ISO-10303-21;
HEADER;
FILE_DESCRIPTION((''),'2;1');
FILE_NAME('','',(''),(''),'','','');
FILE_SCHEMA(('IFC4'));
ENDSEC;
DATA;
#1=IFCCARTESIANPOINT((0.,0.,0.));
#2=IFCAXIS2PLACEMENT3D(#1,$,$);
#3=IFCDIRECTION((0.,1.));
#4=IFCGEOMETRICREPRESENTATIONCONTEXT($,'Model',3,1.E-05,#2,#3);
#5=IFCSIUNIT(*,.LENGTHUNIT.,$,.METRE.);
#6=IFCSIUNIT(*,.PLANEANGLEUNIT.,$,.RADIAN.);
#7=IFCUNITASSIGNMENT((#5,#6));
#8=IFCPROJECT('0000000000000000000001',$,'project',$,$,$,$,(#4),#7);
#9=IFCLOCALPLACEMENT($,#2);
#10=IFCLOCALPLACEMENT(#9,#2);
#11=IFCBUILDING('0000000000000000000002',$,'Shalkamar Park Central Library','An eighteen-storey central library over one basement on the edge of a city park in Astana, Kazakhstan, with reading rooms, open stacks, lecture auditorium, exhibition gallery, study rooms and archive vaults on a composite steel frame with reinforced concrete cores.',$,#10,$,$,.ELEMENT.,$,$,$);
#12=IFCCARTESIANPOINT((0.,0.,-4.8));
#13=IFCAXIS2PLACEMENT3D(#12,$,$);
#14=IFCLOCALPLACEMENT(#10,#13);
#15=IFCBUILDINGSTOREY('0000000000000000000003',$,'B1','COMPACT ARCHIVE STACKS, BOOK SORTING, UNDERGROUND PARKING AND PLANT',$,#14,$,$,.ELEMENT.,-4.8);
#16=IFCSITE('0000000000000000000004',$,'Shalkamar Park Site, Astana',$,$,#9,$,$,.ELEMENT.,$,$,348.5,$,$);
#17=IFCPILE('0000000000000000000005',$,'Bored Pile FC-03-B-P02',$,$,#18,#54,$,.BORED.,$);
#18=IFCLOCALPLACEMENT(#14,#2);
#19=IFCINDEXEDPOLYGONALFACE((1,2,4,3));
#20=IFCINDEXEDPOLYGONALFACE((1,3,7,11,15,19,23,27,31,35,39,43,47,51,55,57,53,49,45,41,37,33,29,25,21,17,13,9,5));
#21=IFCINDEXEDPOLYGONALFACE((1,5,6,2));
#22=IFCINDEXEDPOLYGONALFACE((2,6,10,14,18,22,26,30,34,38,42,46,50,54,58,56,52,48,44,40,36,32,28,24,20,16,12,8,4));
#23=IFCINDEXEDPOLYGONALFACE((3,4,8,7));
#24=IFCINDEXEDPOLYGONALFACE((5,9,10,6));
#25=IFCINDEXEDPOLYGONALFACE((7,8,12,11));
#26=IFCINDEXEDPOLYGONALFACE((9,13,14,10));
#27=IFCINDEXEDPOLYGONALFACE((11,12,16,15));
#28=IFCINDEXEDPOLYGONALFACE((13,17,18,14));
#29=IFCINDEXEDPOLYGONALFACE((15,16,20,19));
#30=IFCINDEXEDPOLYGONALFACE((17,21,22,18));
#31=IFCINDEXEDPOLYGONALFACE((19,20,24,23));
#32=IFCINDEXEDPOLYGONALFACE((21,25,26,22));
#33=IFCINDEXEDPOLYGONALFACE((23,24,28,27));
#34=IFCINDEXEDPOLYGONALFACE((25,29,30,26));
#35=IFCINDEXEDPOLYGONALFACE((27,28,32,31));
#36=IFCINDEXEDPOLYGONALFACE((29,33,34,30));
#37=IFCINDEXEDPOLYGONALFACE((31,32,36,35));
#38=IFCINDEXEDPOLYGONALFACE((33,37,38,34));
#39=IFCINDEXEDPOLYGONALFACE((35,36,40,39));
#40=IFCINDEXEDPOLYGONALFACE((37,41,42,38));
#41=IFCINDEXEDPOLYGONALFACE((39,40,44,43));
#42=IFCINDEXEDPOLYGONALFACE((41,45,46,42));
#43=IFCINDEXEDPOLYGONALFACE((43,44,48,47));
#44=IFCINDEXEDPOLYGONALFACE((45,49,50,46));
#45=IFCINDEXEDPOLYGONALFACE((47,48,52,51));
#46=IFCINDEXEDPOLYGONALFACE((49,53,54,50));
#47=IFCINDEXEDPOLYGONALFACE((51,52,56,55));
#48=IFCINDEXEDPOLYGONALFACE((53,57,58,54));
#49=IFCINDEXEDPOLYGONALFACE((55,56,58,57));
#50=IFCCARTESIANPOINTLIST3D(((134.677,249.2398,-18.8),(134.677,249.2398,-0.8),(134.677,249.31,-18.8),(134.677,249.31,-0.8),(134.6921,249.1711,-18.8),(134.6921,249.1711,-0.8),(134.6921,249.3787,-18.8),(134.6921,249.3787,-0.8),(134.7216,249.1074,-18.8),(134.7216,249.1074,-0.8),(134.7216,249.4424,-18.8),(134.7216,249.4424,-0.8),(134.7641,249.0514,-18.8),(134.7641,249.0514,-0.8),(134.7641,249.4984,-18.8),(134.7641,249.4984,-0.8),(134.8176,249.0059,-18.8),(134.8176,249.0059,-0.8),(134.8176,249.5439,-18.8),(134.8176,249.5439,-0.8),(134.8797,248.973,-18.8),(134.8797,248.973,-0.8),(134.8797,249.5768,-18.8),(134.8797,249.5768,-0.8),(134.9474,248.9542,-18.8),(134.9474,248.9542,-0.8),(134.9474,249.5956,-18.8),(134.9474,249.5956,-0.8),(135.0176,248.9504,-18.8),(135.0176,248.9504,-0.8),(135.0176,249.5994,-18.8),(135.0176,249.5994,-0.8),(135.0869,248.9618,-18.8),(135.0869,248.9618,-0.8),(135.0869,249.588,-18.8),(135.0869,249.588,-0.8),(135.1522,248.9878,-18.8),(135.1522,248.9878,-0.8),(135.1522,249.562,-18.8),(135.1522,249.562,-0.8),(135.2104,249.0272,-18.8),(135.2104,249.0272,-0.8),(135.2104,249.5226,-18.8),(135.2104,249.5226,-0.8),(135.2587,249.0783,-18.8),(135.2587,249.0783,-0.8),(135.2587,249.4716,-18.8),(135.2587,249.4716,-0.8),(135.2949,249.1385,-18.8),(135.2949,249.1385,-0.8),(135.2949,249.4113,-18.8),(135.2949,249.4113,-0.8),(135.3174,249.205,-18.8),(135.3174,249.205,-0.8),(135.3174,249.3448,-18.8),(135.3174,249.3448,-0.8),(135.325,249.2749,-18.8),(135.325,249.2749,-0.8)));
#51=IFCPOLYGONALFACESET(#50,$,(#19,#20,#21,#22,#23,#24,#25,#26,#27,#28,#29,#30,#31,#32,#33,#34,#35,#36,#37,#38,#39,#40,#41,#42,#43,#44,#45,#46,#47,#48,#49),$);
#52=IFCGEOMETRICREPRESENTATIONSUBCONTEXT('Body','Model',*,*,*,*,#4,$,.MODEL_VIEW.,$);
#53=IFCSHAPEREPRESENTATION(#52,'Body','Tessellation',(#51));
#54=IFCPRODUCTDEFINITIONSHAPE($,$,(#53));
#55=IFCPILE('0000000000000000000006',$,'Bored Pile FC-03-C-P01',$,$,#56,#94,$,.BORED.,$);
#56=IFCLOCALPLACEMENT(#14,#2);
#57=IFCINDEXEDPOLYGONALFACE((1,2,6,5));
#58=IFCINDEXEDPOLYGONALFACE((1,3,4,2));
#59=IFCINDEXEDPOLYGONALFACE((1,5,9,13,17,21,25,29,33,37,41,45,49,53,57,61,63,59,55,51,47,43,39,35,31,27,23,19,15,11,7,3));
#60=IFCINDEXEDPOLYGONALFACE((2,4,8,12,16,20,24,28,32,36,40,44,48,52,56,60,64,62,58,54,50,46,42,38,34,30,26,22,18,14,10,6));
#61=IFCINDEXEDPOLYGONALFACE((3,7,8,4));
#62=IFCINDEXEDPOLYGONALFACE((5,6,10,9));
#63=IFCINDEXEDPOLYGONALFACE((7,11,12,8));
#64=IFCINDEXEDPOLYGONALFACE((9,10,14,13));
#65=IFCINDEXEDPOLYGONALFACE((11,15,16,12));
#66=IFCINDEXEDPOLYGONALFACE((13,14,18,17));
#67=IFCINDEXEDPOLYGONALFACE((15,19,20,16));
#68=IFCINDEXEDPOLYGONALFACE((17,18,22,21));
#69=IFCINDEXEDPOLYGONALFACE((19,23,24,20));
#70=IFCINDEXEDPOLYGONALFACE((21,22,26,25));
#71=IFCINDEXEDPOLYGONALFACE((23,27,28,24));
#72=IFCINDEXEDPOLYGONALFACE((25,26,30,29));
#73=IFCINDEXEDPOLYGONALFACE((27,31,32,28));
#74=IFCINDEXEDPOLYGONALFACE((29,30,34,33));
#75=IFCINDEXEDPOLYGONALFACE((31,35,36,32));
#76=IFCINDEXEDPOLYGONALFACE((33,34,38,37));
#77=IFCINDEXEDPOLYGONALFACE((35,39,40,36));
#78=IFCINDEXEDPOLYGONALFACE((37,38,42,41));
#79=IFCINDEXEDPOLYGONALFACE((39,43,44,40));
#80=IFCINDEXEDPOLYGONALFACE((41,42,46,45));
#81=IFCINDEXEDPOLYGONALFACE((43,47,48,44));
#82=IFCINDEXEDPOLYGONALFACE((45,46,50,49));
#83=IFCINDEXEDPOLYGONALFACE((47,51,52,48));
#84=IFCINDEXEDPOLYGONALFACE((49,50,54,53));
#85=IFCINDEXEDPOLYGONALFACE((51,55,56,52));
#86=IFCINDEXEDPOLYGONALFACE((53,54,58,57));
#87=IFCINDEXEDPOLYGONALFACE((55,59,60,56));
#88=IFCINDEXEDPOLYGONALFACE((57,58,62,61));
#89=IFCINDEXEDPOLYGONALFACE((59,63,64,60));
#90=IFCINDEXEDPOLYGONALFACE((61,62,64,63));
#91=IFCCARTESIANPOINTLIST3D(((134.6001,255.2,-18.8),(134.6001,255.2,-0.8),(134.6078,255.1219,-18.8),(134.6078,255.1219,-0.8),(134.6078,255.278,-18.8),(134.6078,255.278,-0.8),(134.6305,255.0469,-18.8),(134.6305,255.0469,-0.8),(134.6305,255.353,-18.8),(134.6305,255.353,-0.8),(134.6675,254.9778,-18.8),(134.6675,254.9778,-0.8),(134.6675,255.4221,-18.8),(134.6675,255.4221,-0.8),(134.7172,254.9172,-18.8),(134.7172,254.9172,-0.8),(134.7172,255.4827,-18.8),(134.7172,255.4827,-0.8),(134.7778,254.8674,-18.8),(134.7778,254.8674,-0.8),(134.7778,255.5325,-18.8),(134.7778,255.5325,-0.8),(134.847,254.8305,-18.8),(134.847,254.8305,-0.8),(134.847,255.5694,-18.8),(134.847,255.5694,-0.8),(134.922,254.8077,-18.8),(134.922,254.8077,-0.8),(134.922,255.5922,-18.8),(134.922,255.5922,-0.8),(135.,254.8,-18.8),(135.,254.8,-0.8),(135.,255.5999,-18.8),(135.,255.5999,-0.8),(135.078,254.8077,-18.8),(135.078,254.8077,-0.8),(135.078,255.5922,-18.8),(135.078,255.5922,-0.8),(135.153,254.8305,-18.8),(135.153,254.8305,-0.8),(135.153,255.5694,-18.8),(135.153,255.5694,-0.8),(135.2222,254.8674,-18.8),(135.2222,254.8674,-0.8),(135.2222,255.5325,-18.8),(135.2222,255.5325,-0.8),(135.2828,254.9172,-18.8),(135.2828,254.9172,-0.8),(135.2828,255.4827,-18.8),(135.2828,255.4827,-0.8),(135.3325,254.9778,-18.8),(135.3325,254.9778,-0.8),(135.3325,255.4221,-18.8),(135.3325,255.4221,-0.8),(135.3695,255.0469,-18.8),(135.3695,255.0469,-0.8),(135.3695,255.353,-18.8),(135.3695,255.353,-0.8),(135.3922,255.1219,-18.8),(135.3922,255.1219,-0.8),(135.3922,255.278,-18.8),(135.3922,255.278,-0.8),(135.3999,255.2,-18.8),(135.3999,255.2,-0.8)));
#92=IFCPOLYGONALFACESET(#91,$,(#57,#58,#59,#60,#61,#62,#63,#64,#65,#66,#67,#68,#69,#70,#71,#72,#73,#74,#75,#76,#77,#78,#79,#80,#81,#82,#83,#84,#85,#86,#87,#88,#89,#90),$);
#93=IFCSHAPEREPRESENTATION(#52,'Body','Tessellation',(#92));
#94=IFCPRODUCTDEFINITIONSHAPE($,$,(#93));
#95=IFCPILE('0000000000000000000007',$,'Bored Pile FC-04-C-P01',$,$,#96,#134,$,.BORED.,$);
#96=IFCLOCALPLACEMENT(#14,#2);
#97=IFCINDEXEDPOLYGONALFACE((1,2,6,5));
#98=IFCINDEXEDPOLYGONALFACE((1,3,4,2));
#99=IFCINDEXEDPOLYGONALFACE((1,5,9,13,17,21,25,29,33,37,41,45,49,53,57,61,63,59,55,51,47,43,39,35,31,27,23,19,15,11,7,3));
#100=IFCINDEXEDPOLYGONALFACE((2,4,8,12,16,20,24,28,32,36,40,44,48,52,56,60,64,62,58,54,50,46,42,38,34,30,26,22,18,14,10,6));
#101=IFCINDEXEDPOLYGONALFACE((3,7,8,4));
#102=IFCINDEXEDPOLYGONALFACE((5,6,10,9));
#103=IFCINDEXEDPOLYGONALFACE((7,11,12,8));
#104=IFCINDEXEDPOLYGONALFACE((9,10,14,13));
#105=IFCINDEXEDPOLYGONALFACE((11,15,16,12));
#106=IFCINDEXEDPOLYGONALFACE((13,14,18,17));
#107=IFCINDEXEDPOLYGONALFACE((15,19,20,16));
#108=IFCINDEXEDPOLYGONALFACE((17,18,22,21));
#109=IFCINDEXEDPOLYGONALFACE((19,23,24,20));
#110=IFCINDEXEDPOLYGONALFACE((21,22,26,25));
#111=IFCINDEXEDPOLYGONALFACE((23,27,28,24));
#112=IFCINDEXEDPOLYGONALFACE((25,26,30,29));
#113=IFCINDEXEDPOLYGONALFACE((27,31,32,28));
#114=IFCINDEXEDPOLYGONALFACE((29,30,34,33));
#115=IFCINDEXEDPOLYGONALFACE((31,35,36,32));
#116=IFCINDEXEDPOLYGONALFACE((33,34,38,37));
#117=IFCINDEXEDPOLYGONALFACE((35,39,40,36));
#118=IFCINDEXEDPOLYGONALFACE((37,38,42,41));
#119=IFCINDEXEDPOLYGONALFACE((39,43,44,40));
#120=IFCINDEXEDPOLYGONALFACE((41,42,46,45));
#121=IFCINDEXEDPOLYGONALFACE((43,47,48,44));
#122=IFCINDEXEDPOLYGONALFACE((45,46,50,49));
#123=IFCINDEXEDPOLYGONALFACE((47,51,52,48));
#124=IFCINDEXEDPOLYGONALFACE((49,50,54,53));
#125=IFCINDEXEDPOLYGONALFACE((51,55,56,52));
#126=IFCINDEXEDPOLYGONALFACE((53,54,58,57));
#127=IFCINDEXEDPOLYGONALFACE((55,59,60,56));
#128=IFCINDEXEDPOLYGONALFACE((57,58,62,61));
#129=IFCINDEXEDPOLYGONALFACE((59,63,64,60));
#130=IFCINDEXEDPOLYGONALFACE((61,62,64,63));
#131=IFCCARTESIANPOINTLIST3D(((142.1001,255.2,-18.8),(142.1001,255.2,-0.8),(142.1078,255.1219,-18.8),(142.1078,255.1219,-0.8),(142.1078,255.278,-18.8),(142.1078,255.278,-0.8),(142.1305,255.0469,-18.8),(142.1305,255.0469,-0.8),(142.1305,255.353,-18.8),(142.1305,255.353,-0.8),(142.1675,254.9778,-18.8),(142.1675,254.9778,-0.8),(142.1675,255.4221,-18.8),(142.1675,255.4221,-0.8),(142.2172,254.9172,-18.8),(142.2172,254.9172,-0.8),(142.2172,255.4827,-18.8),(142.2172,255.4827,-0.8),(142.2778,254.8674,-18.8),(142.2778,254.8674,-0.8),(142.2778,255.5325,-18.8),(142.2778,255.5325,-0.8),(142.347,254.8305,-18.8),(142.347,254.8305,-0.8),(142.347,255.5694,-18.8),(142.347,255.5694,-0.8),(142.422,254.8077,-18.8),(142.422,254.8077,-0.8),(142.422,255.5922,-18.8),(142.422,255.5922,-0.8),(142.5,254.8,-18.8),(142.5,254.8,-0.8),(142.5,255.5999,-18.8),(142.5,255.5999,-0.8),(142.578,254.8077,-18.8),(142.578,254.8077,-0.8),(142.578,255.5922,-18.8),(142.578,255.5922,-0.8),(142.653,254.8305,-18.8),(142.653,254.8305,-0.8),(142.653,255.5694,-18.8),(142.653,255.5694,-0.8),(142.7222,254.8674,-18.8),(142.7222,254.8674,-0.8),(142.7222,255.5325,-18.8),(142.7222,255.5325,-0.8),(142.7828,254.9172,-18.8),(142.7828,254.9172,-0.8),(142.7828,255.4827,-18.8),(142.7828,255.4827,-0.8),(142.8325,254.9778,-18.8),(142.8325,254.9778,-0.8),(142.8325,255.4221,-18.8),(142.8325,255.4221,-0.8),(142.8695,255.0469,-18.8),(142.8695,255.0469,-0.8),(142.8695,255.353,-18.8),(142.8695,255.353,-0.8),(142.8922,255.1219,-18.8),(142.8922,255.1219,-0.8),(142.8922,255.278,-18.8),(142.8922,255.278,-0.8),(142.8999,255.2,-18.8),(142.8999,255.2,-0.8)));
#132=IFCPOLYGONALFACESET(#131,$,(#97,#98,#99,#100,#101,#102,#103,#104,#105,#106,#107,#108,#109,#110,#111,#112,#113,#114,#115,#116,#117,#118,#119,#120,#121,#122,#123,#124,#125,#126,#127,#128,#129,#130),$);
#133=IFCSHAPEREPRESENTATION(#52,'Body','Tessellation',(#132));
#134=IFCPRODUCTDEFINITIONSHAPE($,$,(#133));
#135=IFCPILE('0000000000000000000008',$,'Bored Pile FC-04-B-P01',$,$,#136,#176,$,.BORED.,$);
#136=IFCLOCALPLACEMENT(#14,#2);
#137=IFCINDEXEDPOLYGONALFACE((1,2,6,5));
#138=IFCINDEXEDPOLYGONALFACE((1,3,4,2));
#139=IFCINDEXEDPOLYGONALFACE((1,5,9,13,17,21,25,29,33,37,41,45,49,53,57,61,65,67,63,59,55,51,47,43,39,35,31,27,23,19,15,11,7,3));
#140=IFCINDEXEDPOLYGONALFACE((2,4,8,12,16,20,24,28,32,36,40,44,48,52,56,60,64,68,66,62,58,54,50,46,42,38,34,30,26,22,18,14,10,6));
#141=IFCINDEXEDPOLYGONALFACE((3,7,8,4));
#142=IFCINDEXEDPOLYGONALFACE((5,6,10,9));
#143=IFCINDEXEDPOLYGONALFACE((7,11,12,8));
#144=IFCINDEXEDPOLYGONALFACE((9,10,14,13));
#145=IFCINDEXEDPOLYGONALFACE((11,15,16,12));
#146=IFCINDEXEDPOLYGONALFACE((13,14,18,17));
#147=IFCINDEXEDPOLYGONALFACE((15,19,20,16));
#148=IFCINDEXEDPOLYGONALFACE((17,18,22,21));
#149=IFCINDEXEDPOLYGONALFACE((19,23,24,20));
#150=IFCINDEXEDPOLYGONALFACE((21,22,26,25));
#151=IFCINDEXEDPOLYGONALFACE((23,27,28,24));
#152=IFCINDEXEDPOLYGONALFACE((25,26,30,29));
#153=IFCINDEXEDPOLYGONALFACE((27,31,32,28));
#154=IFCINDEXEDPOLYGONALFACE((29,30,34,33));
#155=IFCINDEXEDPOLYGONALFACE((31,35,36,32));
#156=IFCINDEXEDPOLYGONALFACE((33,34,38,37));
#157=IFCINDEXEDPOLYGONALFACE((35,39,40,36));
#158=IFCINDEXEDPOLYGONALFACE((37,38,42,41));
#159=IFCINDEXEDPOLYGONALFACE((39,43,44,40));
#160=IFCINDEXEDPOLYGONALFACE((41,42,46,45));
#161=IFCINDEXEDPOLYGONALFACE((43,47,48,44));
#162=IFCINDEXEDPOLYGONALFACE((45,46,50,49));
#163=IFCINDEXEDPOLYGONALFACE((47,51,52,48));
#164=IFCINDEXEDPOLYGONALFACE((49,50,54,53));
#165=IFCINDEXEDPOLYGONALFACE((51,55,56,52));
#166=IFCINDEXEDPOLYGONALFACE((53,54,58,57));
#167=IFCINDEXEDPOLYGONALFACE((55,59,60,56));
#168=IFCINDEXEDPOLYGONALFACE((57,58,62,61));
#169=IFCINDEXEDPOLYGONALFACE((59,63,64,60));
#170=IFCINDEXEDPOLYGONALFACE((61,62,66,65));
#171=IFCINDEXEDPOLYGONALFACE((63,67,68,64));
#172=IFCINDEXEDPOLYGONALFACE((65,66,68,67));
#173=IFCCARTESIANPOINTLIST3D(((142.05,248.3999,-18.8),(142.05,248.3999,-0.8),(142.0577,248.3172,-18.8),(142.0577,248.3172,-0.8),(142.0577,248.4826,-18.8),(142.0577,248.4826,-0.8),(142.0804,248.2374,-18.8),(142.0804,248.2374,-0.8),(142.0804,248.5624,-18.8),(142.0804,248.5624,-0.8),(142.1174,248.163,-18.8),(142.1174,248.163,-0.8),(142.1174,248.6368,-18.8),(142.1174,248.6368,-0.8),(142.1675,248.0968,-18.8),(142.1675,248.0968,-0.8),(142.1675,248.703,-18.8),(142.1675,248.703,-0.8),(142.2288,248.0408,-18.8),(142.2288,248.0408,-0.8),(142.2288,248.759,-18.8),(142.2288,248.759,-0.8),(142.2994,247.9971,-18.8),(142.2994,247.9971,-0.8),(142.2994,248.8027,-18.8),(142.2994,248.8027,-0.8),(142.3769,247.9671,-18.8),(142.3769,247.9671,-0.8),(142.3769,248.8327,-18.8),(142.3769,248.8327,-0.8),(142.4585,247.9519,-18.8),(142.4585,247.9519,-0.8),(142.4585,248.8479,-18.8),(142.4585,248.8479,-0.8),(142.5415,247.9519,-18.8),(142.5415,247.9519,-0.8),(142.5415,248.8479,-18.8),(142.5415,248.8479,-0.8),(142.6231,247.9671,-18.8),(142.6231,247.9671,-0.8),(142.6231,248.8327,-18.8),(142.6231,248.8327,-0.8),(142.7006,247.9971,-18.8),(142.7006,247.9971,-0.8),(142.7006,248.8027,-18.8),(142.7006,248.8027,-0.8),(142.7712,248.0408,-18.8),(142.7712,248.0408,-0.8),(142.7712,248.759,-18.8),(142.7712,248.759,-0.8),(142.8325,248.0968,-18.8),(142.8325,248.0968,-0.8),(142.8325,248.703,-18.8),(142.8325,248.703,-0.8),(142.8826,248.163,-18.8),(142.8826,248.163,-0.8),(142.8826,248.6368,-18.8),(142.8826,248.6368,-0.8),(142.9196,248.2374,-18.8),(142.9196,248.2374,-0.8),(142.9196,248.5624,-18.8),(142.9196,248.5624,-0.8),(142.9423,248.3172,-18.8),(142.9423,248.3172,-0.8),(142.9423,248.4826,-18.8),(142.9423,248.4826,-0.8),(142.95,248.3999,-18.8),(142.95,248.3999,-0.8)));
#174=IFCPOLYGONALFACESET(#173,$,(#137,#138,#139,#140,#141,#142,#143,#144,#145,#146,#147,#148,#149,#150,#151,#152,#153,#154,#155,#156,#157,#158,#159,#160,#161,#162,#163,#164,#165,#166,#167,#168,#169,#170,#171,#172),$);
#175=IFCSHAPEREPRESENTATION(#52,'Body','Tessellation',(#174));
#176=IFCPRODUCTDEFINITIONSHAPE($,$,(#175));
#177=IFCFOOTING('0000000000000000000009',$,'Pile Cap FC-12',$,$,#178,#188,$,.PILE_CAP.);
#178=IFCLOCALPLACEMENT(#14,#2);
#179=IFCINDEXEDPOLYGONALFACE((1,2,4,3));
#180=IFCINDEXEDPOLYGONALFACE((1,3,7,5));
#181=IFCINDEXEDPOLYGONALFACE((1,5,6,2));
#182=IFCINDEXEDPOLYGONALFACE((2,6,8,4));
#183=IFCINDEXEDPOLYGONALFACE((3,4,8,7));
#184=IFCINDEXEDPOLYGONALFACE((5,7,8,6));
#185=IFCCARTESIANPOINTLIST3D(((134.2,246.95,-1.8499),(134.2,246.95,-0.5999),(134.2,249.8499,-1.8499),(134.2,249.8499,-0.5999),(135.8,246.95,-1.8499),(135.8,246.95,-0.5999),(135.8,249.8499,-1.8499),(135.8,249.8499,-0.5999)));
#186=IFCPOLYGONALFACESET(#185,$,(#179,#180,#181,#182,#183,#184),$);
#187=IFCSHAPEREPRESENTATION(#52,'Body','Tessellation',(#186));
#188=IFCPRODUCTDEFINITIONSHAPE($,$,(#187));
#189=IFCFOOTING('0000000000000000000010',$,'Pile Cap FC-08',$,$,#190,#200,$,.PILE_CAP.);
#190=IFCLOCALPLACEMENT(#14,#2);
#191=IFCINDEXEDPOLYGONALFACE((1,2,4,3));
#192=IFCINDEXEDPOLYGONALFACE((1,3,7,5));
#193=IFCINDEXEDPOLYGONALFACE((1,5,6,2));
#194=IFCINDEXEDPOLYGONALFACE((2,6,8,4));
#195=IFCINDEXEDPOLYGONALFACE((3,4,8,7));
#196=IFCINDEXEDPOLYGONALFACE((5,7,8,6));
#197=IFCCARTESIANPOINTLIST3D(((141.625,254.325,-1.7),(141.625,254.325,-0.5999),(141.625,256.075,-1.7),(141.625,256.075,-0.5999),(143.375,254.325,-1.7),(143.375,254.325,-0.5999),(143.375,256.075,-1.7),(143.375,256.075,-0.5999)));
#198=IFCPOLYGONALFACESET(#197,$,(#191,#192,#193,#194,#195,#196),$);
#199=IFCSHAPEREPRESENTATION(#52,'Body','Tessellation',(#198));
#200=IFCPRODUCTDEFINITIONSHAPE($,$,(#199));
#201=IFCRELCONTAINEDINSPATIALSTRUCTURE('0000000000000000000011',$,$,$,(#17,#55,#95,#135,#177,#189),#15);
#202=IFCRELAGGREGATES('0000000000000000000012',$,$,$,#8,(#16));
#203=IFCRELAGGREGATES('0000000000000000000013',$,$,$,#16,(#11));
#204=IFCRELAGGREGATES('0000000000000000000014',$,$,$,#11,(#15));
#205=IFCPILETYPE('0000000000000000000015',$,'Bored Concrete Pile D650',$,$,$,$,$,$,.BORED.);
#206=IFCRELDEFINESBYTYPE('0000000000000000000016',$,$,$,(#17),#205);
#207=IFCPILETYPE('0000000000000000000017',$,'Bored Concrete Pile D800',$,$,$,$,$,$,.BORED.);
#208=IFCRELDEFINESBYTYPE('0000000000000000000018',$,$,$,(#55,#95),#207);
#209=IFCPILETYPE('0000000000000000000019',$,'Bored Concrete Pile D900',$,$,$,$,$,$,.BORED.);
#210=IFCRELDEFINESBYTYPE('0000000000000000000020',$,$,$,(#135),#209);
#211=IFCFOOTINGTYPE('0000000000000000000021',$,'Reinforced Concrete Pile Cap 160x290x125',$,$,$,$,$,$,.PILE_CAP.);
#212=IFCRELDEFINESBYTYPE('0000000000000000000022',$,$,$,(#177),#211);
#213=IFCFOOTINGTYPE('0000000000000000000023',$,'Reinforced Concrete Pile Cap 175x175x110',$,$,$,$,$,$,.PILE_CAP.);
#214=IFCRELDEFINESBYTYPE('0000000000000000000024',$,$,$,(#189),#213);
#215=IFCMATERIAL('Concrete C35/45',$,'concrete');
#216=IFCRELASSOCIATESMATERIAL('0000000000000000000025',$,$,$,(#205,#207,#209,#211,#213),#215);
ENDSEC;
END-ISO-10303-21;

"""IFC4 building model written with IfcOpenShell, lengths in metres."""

from ifc_helpers import new_model, si_unit, direction, frame, origin, origin_2d, place, context, subcontext, project, spatial, rectangle, circle, extrude, material, material_profile, profile_set, type_object, element, save


model = new_model("IFC4")

# Units and contexts
model_context = context("Model", 3, precision=1e-05, world=origin(), true_north=direction((0.0, 1.0)))
body_context = subcontext(model_context, "Body", "Model", "MODEL_VIEW")
ifc_project = project(units=[si_unit("LENGTHUNIT", "METRE"), si_unit("PLANEANGLEUNIT", "RADIAN")], contexts=[model_context])

# Site, building, storey
site_placement = place(None, origin())
site = spatial("IfcSite", under=ifc_project, at=site_placement, Name="Shalkamar Park Site, Astana", CompositionType="ELEMENT", RefElevation=348.5)
building_placement = place(site_placement, origin())
building = spatial("IfcBuilding", under=site, at=building_placement, Name="Shalkamar Park Central Library", Description="An eighteen-storey central library over one basement on the edge of a city park in Astana, Kazakhstan, with reading rooms, open stacks, lecture auditorium, exhibition gallery, study rooms and archive vaults on a composite steel frame with reinforced concrete cores.", CompositionType="ELEMENT")
storey_placement = place(building_placement, frame((0.0, 0.0, -4.8)))
storey = spatial("IfcBuildingStorey", under=building, at=storey_placement, Name="B1", Description="COMPACT ARCHIVE STACKS, BOOK SORTING, UNDERGROUND PARKING AND PLANT", CompositionType="ELEMENT", Elevation=-4.8)

# Piles
ifc_material_1 = material(Name="Concrete C35/45", Category="concrete")
ifc_material_profile_1 = material_profile(ifc_material_1, circle(Radius=0.325, at=origin_2d()), Name="PILE D650")
ifc_profile_set_1 = profile_set([ifc_material_profile_1], Name="Concrete C35/45")
pile_type_1 = type_object("IfcPileType", Name="Bored Concrete Pile D650", PredefinedType="BORED", material=ifc_profile_set_1)
pile_1_placement = place(storey_placement, frame((135.0, 249.2749, -0.8), z_axis=(0.0, 0.0, -1.0), x_axis=(1.0, 0.0, 0.0)))
element("IfcPile", 1, at=pile_1_placement, inside=storey, type_object=pile_type_1, Name="Bored Pile FC-03-B-P02", PredefinedType="BORED", context=body_context, shape_type="SweptSolid", body=[
    extrude(circle(Radius=0.325, at=origin_2d()), origin(), (0.0, 0.0, 1.0), 18.0),
])
ifc_material_profile_2 = material_profile(ifc_material_1, circle(Radius=0.3999, at=origin_2d()), Name="PILE D800")
ifc_profile_set_2 = profile_set([ifc_material_profile_2], Name="Concrete C35/45")
pile_type_2 = type_object("IfcPileType", Name="Bored Concrete Pile D800", PredefinedType="BORED", material=ifc_profile_set_2)
for number, where, z_axis, x_axis, name in (
    (2, (135.0, 255.2, -0.8), (0.0, 0.0, -1.0), (1.0, 0.0, 0.0), "Bored Pile FC-03-C-P01"),
    (3, (142.5, 255.2, -0.8), (0.0, 0.0, -1.0), (1.0, 0.0, 0.0), "Bored Pile FC-04-C-P01"),
):
    element("IfcPile", number, at=place(storey_placement, frame(where, z_axis=z_axis, x_axis=x_axis)), inside=storey, type_object=pile_type_2, Name=name, PredefinedType="BORED", context=body_context, shape_type="SweptSolid", body=[
        extrude(circle(Radius=0.3999, at=origin_2d()), origin(), (0.0, 0.0, 1.0), 18.0),
    ])
ifc_material_profile_3 = material_profile(ifc_material_1, circle(Radius=0.45, at=origin_2d()), Name="PILE D900")
ifc_profile_set_3 = profile_set([ifc_material_profile_3], Name="Concrete C35/45")
pile_type_3 = type_object("IfcPileType", Name="Bored Concrete Pile D900", PredefinedType="BORED", material=ifc_profile_set_3)
pile_2_placement = place(storey_placement, frame((142.5, 248.3999, -0.8), z_axis=(0.0, 0.0, -1.0), x_axis=(1.0, 0.0, 0.0)))
element("IfcPile", 4, at=pile_2_placement, inside=storey, type_object=pile_type_3, Name="Bored Pile FC-04-B-P01", PredefinedType="BORED", context=body_context, shape_type="SweptSolid", body=[
    extrude(circle(Radius=0.45, at=origin_2d()), origin(), (0.0, 0.0, 1.0), 18.0),
])

# Footings
footing_type_1 = type_object("IfcFootingType", Name="Reinforced Concrete Pile Cap 160x290x125", PredefinedType="PILE_CAP", material=ifc_material_1)
footing_1_placement = place(storey_placement, frame((135.0, 248.3999, -1.8499), z_axis=(0.0, 0.0, 1.0), x_axis=(1.0, 0.0, 0.0)))
element("IfcFooting", 5, at=footing_1_placement, inside=storey, type_object=footing_type_1, Name="Pile Cap FC-12", PredefinedType="PILE_CAP", context=body_context, shape_type="SweptSolid", body=[
    extrude(rectangle(XDim=1.6001, YDim=2.8999, at=origin_2d()), origin(), (0.0, 0.0, 1.0), 1.25),
])
footing_type_2 = type_object("IfcFootingType", Name="Reinforced Concrete Pile Cap 175x175x110", PredefinedType="PILE_CAP", material=ifc_material_1)
footing_2_placement = place(storey_placement, frame((142.5, 255.2, -1.7), z_axis=(0.0, 0.0, 1.0), x_axis=(1.0, 0.0, 0.0)))
element("IfcFooting", 6, at=footing_2_placement, inside=storey, type_object=footing_type_2, Name="Pile Cap FC-08", PredefinedType="PILE_CAP", context=body_context, shape_type="SweptSolid", body=[
    extrude(rectangle(XDim=1.75, YDim=1.75, at=origin_2d()), origin(), (0.0, 0.0, 1.0), 1.1001),
])

save(model, "model.ifc")
